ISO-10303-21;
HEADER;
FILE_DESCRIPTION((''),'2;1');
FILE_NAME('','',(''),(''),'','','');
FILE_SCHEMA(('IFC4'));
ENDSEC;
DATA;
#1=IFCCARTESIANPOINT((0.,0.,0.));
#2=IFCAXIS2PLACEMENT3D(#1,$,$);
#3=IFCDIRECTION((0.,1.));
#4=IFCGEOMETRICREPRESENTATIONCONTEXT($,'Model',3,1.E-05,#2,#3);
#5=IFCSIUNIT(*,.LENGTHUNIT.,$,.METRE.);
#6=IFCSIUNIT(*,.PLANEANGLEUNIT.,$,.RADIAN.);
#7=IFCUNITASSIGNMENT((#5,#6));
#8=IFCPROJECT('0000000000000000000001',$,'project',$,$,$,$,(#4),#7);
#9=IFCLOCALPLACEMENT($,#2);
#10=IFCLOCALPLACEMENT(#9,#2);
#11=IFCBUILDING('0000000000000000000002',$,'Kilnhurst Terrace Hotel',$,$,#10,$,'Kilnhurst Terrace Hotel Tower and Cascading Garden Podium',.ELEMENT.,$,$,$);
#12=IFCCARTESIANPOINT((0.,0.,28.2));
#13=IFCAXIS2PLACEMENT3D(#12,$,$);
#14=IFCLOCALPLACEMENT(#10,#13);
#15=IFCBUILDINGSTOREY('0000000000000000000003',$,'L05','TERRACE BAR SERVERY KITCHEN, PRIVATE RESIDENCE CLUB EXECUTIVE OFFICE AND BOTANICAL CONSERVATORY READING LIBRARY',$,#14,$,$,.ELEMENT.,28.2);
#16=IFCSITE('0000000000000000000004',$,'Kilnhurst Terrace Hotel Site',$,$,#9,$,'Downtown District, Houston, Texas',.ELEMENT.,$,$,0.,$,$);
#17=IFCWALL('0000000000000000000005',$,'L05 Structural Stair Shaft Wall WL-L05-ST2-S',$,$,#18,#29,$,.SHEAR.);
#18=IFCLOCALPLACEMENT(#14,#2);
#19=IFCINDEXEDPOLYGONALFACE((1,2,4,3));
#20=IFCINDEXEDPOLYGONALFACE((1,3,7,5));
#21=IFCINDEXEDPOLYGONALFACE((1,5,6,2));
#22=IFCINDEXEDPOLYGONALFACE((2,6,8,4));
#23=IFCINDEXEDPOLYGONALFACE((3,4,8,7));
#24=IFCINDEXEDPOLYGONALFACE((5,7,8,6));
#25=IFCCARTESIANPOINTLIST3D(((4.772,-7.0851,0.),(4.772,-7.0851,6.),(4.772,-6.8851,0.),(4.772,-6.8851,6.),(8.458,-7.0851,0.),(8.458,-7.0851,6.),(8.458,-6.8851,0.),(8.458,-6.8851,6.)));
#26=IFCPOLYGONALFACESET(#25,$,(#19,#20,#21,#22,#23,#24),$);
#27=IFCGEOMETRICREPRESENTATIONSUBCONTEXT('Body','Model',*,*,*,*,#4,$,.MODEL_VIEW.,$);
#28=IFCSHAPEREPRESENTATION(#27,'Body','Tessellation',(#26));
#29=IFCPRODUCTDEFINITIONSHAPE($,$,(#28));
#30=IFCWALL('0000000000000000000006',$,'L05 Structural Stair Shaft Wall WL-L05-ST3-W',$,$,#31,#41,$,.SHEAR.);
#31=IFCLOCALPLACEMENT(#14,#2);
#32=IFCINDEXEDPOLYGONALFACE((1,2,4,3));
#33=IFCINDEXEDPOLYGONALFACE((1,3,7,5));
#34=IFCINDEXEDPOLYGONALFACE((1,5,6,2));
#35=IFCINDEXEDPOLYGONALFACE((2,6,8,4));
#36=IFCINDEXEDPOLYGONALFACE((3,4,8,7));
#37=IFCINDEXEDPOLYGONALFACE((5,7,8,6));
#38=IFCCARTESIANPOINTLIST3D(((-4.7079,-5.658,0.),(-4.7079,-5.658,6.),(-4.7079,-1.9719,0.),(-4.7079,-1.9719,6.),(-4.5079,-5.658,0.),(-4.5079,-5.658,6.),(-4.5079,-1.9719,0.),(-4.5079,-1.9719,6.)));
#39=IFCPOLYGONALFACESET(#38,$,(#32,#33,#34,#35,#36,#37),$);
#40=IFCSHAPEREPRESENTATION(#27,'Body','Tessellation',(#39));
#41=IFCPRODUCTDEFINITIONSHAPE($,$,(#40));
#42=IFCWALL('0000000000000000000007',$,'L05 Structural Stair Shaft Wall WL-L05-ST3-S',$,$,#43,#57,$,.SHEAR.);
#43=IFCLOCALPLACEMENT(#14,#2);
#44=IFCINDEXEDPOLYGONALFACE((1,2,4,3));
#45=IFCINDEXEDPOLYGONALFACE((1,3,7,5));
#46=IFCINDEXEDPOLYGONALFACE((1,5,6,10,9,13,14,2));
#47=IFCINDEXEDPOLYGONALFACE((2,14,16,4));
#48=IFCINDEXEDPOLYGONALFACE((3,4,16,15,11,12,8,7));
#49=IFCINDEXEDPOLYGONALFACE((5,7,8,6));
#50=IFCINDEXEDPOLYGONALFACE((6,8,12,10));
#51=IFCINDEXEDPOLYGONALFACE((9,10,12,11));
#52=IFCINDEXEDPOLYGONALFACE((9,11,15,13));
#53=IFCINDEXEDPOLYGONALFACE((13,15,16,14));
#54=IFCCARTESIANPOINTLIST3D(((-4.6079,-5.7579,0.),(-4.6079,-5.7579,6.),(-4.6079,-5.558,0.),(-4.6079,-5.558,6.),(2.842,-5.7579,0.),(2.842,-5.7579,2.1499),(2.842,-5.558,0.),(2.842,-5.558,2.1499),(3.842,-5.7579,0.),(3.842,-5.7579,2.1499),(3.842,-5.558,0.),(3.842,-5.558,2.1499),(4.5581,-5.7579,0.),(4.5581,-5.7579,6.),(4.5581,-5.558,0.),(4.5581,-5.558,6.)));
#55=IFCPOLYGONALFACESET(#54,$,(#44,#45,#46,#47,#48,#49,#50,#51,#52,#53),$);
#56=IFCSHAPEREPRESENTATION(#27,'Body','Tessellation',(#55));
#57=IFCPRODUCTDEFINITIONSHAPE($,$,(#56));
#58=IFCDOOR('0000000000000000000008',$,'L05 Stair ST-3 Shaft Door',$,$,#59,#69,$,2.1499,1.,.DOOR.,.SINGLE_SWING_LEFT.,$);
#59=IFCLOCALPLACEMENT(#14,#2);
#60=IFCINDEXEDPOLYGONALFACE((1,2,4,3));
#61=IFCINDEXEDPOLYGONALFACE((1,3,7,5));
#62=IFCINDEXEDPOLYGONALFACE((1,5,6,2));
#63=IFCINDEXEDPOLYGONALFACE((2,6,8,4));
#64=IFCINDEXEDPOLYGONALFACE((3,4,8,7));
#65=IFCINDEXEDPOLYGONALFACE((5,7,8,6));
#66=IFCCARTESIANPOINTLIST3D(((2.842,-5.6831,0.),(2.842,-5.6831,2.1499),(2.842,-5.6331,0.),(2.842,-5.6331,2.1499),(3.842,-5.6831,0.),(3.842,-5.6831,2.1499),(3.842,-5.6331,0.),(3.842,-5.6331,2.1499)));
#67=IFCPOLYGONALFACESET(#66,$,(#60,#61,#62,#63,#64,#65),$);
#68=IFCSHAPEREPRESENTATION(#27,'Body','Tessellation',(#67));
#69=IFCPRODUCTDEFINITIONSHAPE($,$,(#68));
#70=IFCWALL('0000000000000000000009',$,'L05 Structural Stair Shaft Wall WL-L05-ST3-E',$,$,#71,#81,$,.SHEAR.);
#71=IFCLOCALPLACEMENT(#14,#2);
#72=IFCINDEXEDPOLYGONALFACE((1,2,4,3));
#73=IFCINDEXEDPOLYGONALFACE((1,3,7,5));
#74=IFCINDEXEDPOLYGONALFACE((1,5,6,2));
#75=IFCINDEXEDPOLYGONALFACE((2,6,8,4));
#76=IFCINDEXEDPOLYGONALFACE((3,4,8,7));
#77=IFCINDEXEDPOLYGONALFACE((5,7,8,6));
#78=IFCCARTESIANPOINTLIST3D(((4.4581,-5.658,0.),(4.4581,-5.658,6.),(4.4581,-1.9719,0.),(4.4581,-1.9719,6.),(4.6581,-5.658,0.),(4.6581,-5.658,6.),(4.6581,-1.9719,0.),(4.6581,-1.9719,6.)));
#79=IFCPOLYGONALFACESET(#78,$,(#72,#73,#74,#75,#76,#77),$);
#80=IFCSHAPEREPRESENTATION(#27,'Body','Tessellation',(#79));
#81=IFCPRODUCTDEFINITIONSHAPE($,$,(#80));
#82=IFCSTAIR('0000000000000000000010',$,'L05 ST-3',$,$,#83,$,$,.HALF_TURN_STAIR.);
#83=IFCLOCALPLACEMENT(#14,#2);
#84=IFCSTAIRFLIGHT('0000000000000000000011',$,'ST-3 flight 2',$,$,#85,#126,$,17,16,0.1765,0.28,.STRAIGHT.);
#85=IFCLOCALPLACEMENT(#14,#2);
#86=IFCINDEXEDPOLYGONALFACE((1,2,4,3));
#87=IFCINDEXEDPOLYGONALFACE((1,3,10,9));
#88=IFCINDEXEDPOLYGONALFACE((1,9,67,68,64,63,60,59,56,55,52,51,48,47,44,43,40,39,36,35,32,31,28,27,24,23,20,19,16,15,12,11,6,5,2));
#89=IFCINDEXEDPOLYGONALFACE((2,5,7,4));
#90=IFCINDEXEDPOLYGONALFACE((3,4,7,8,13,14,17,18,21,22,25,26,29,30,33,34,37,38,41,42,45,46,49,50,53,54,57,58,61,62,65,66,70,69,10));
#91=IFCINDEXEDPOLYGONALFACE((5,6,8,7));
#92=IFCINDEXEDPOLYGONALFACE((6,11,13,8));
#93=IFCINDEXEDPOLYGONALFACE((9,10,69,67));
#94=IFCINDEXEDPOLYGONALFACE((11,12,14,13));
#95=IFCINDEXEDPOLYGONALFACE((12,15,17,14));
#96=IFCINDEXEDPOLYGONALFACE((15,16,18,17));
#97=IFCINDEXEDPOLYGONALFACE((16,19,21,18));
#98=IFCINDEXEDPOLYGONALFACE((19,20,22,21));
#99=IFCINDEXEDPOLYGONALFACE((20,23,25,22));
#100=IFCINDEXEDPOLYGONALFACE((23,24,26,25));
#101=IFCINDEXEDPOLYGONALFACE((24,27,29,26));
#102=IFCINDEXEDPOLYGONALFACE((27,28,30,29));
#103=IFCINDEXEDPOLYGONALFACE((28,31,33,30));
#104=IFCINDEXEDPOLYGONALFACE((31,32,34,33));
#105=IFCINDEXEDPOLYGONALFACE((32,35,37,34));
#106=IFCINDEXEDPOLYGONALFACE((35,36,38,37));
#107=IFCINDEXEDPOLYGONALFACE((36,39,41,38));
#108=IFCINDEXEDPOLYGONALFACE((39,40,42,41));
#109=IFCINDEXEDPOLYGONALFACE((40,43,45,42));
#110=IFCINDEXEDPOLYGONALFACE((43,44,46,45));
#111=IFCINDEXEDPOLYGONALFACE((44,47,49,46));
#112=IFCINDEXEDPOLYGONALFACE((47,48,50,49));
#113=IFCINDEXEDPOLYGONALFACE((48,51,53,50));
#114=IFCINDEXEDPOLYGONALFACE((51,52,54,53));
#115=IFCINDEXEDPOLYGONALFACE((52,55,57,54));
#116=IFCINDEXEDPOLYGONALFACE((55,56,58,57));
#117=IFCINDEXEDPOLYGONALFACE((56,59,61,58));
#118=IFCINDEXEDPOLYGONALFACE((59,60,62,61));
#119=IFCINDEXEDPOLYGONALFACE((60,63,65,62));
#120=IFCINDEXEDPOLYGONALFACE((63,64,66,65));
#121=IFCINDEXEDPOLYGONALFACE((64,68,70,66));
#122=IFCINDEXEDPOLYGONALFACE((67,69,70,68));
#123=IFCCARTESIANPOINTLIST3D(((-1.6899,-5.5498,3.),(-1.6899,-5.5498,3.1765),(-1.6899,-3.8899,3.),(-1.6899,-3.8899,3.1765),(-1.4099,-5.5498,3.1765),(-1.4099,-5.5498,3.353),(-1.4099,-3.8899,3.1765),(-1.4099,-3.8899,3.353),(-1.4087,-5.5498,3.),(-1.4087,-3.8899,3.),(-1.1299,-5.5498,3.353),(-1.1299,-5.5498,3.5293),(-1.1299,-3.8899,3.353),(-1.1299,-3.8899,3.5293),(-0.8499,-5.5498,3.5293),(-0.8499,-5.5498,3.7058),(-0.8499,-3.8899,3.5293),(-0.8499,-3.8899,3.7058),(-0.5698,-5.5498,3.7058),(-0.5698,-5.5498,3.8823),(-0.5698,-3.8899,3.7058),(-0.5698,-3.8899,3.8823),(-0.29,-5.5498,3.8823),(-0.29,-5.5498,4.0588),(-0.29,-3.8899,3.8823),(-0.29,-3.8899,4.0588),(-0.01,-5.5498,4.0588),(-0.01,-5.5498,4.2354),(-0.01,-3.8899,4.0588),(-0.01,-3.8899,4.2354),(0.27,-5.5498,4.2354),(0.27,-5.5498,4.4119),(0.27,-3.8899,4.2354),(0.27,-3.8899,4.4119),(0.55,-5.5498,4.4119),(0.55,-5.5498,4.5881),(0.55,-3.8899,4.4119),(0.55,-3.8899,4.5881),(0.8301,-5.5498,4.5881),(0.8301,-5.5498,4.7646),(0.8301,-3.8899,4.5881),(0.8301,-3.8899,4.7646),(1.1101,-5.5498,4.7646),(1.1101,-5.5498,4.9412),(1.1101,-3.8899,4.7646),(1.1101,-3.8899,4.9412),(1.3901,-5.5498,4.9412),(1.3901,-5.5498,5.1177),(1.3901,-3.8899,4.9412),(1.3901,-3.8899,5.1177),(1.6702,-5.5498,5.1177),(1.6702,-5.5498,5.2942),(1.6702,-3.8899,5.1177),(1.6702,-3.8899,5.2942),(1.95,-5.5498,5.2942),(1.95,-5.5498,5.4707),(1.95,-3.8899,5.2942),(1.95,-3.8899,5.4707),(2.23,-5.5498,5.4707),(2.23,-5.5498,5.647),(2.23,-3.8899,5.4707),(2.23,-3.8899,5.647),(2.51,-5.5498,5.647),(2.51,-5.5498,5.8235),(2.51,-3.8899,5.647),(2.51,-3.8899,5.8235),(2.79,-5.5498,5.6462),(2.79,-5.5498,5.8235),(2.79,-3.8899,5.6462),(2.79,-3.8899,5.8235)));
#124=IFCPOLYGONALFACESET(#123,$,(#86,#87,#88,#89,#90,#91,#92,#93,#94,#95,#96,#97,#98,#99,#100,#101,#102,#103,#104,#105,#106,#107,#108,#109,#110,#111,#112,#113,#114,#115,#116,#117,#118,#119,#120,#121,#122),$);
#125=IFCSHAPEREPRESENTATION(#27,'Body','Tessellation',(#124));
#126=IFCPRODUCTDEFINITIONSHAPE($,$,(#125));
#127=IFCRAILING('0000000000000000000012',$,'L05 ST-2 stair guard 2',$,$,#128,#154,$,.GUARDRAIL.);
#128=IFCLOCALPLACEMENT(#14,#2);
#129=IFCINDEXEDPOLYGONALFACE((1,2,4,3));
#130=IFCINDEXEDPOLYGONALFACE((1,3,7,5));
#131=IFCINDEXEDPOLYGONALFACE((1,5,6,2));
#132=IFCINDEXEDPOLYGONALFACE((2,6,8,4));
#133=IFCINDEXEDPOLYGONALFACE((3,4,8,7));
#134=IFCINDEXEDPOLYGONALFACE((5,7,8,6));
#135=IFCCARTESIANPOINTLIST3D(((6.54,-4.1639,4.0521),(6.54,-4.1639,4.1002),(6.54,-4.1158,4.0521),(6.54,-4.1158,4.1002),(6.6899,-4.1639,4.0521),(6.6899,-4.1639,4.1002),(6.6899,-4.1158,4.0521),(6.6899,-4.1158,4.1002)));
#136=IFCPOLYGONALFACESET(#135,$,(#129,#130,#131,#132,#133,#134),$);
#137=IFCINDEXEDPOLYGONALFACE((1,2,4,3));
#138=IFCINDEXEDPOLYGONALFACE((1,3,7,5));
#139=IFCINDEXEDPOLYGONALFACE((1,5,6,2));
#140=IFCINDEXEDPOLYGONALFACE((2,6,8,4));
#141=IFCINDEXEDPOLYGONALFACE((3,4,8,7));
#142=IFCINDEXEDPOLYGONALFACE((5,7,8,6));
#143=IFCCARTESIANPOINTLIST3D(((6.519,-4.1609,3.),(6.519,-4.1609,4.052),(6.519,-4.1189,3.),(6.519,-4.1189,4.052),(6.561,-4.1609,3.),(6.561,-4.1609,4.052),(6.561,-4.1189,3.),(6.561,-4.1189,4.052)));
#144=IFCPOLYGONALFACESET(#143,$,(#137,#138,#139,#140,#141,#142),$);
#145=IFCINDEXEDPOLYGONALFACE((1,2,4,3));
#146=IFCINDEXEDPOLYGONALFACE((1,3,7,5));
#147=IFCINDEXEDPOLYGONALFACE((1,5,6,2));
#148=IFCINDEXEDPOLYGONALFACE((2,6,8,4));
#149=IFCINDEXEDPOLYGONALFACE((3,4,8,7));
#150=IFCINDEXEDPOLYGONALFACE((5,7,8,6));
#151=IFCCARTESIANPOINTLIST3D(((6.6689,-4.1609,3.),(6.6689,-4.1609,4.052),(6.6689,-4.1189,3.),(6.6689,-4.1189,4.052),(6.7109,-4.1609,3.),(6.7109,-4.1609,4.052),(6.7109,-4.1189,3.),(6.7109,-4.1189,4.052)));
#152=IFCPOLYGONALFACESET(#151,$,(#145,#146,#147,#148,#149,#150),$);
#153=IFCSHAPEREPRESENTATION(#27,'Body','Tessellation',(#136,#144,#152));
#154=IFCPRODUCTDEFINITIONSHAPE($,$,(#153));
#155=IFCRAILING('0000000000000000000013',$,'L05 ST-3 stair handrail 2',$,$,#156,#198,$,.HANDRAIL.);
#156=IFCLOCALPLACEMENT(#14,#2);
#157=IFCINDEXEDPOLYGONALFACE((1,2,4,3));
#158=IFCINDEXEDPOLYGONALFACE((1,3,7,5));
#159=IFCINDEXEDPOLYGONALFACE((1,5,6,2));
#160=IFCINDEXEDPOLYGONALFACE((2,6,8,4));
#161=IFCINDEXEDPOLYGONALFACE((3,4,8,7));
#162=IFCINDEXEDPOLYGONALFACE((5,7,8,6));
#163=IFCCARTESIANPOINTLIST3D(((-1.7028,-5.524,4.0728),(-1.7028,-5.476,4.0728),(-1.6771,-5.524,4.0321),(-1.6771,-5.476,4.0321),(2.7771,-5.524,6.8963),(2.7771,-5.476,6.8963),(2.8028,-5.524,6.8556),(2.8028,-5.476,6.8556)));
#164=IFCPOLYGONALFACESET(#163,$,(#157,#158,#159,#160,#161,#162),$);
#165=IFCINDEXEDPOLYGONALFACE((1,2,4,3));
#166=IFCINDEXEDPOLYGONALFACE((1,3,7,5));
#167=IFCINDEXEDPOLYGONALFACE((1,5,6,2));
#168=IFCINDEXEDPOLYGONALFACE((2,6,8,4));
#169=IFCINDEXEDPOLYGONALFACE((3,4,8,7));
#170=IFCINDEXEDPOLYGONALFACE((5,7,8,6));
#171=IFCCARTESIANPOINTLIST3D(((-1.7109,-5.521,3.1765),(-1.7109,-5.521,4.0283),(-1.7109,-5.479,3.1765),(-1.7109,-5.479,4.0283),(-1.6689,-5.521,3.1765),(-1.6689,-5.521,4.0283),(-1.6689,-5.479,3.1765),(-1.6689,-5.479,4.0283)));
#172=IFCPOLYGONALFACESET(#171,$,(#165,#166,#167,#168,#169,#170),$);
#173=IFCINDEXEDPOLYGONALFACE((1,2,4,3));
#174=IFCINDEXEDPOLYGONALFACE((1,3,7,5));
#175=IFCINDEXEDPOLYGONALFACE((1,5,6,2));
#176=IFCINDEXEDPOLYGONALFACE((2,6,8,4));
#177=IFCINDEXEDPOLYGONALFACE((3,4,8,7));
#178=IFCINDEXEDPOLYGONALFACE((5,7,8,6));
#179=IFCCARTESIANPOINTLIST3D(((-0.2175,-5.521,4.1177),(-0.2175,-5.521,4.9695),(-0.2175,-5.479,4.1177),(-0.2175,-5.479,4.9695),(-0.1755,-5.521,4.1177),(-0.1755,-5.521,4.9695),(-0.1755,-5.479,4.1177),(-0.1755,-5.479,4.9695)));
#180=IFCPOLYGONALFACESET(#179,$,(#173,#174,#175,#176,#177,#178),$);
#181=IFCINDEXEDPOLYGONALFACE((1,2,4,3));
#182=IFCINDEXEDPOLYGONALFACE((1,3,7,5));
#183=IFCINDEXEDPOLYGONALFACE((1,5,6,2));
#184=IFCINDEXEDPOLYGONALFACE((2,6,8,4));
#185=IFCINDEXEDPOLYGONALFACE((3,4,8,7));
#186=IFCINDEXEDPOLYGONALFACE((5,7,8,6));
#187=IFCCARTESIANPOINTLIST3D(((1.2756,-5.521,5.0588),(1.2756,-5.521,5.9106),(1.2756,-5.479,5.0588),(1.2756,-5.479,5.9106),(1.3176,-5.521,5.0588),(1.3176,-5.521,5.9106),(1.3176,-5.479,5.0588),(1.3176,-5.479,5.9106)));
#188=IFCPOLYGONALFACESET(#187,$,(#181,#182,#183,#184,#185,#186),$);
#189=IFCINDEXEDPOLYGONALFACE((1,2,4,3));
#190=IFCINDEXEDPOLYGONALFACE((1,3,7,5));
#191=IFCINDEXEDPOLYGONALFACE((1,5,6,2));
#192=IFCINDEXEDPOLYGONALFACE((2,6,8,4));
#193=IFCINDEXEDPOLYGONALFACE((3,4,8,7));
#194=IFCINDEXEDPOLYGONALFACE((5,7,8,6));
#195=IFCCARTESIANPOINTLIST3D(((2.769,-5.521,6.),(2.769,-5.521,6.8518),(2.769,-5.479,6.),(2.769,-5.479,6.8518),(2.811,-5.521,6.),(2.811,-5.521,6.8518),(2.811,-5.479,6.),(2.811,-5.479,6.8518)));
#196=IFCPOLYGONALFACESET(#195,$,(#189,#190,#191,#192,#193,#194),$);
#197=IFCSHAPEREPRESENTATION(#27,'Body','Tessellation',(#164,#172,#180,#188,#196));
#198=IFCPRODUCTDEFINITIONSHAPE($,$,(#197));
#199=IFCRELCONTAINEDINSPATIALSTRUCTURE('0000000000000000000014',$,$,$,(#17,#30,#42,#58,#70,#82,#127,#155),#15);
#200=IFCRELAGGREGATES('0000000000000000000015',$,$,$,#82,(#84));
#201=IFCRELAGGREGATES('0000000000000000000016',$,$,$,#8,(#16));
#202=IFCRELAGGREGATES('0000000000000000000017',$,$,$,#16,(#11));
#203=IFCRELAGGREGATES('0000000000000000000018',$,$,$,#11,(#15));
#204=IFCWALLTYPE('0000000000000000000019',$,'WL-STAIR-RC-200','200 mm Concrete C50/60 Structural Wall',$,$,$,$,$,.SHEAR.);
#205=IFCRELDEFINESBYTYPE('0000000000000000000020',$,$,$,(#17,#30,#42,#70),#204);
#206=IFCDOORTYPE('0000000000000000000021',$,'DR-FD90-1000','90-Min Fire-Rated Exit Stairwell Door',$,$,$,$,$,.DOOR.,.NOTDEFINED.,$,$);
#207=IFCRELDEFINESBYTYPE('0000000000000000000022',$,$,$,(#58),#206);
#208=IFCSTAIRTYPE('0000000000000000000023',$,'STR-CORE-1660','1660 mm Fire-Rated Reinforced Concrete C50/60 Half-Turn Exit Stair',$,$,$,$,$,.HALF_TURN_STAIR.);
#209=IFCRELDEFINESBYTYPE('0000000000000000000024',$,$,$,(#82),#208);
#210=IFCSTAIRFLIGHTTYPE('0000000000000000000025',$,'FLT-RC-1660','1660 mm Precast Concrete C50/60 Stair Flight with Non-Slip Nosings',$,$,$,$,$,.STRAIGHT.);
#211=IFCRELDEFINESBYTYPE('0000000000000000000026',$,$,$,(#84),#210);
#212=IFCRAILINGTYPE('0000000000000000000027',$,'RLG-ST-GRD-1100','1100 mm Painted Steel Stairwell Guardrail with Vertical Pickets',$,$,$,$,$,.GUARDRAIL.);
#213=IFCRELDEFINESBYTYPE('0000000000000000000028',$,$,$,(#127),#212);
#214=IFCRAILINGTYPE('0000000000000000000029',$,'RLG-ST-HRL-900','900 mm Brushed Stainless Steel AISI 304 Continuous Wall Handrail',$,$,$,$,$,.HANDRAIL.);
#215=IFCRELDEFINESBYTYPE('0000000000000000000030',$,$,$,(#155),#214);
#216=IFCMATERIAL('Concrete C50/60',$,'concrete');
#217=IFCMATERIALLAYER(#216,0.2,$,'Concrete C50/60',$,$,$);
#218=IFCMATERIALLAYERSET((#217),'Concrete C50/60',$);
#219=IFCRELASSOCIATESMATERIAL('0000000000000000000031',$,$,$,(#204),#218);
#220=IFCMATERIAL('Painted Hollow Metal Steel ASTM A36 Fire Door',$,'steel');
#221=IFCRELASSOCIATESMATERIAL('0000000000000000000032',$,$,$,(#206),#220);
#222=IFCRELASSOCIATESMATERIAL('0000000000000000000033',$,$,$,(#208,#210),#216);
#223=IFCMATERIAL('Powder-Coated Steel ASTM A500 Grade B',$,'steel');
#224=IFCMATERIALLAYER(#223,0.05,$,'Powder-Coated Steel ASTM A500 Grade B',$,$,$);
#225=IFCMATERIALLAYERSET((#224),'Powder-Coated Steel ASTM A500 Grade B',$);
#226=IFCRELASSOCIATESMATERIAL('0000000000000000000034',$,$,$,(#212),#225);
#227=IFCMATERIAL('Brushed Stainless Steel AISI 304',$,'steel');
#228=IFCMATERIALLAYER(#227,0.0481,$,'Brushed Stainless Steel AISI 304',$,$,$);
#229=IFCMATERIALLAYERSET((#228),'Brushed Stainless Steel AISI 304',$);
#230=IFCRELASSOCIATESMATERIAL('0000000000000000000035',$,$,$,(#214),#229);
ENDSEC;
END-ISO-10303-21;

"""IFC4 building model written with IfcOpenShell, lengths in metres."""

from ifc_helpers import new_model, si_unit, direction, frame, frame_2d, origin, origin_2d, place, context, subcontext, project, spatial, polyline, rectangle, outline, extrude, material, layer, layer_set, type_object, element, fill, aggregate, save


model = new_model("IFC4")

# Units and contexts
model_context = context("Model", 3, precision=1e-05, world=origin(), true_north=direction((0.0, 1.0)))
body_context = subcontext(model_context, "Body", "Model", "MODEL_VIEW")
ifc_project = project(units=[si_unit("LENGTHUNIT", "METRE"), si_unit("PLANEANGLEUNIT", "RADIAN")], contexts=[model_context])

# Site, building, storey
site_placement = place(None, origin())
site = spatial("IfcSite", under=ifc_project, at=site_placement, Name="Kilnhurst Terrace Hotel Site", LongName="Downtown District, Houston, Texas", CompositionType="ELEMENT", RefElevation=0.0)
building_placement = place(site_placement, origin())
building = spatial("IfcBuilding", under=site, at=building_placement, Name="Kilnhurst Terrace Hotel", LongName="Kilnhurst Terrace Hotel Tower and Cascading Garden Podium", CompositionType="ELEMENT")
storey_placement = place(building_placement, frame((0.0, 0.0, 28.2)))
storey = spatial("IfcBuildingStorey", under=building, at=storey_placement, Name="L05", Description="TERRACE BAR SERVERY KITCHEN, PRIVATE RESIDENCE CLUB EXECUTIVE OFFICE AND BOTANICAL CONSERVATORY READING LIBRARY", CompositionType="ELEMENT", Elevation=28.2)

# Shared definitions
ifc_material_1 = material(Name="Concrete C50/60", Category="concrete")

# Walls
ifc_layer_1 = layer(ifc_material_1, 0.2, Name="Concrete C50/60")
ifc_layer_set_1 = layer_set([ifc_layer_1], Name="Concrete C50/60")
wall_type_1 = type_object("IfcWallType", Name="WL-STAIR-RC-200", Description="200 mm Concrete C50/60 Structural Wall", PredefinedType="SHEAR", material=ifc_layer_set_1)
for number, where, z_axis, x_axis, name in (
    (1, (4.772, -6.9851, 0.0), (0.0, 0.0, 1.0), (1.0, 0.0, 0.0), "L05 Structural Stair Shaft Wall WL-L05-ST2-S"),
    (2, (-4.6079, -5.658, 0.0), (0.0, 0.0, 1.0), (0.0, 1.0, 0.0), "L05 Structural Stair Shaft Wall WL-L05-ST3-W"),
):
    element("IfcWall", number, at=place(storey_placement, frame(where, z_axis=z_axis, x_axis=x_axis)), inside=storey, type_object=wall_type_1, Name=name, PredefinedType="SHEAR", context=body_context, shape_type="SweptSolid", body=[
        extrude(rectangle(XDim=3.686, YDim=0.2, at=frame_2d((1.843, 0.0))), origin(), (0.0, 0.0, 1.0), 6.0),
    ])

# Wall, opening, door
wall_1_placement = place(storey_placement, frame((-4.6079, -5.658, 0.0), z_axis=(0.0, 0.0, 1.0), x_axis=(1.0, 0.0, 0.0)))
wall_1 = element("IfcWall", 3, at=wall_1_placement, inside=storey, type_object=wall_type_1, Name="L05 Structural Stair Shaft Wall WL-L05-ST3-S", PredefinedType="SHEAR", context=body_context, shape_type="SweptSolid", body=[
    extrude(rectangle(XDim=9.166, YDim=0.2, at=frame_2d((4.583, 0.0))), origin(), (0.0, 0.0, 1.0), 6.0),
])
opening_placement = place(wall_1_placement, frame((7.45, 0.0, 0.0)))
opening = element("IfcOpeningElement", 4, at=opening_placement, cuts=wall_1, PredefinedType="OPENING", context=body_context, shape_type="SweptSolid", body=[
    extrude(rectangle(XDim=1.0, YDim=2.1499, at=frame_2d((0.5, 1.075))), frame((0.0, 0.1099, 0.0), z_axis=(0.0, -1.0, 0.0), x_axis=(1.0, 0.0, 0.0)), (0.0, 0.0, 1.0), 0.22),
])
ifc_material_2 = material(Name="Painted Hollow Metal Steel ASTM A36 Fire Door", Category="steel")
door_type = type_object("IfcDoorType", Name="DR-FD90-1000", Description="90-Min Fire-Rated Exit Stairwell Door", OperationType="NOTDEFINED", PredefinedType="DOOR", material=ifc_material_2)
door_placement = place(opening_placement, origin())
door = element("IfcDoor", 5, at=door_placement, inside=storey, type_object=door_type, Name="L05 Stair ST-3 Shaft Door", OperationType="SINGLE_SWING_LEFT", OverallHeight=2.1499, OverallWidth=1.0, PredefinedType="DOOR", context=body_context, shape_type="SweptSolid", body=[
    extrude(rectangle(XDim=1.0, YDim=2.1499, at=frame_2d((0.5, 1.075))), frame((0.0, 0.0249, 0.0), z_axis=(0.0, -1.0, 0.0), x_axis=(1.0, 0.0, 0.0)), (0.0, 0.0, 1.0), 0.05),
])
fill(opening, door)

# Wall
wall_2_placement = place(storey_placement, frame((4.5581, -5.658, 0.0), z_axis=(0.0, 0.0, 1.0), x_axis=(0.0, 1.0, 0.0)))
element("IfcWall", 6, at=wall_2_placement, inside=storey, type_object=wall_type_1, Name="L05 Structural Stair Shaft Wall WL-L05-ST3-E", PredefinedType="SHEAR", context=body_context, shape_type="SweptSolid", body=[
    extrude(rectangle(XDim=3.686, YDim=0.2, at=frame_2d((1.843, 0.0))), origin(), (0.0, 0.0, 1.0), 6.0),
])

# Stair, stair flight
stair_type = type_object("IfcStairType", Name="STR-CORE-1660", Description="1660 mm Fire-Rated Reinforced Concrete C50/60 Half-Turn Exit Stair", PredefinedType="HALF_TURN_STAIR", material=ifc_material_1)
stair_placement = place(storey_placement, origin())
stair = element("IfcStair", 7, at=stair_placement, inside=storey, type_object=stair_type, Name="L05 ST-3", PredefinedType="HALF_TURN_STAIR")
stair_flight_type = type_object("IfcStairFlightType", Name="FLT-RC-1660", Description="1660 mm Precast Concrete C50/60 Stair Flight with Non-Slip Nosings", PredefinedType="STRAIGHT", material=ifc_material_1)
stair_flight_placement = place(storey_placement, frame((-1.6899, -4.72, 3.0), z_axis=(0.0, 0.0, 1.0), x_axis=(1.0, 0.0, 0.0)))
stair_flight = element("IfcStairFlight", 8, at=stair_flight_placement, type_object=stair_flight_type, Name="ST-3 flight 2", NumberOfRisers=17, NumberOfTreads=16, PredefinedType="STRAIGHT", RiserHeight=0.1765, TreadLength=0.28, context=body_context, shape_type="SweptSolid", body=[
    extrude(outline(polyline([(0.0, 0.0), (0.0, 0.1765), (0.28, 0.1765), (0.28, 0.353), (0.5601, 0.353), (0.5601, 0.5293), (0.8401, 0.5293), (0.8401, 0.7058), (1.1201, 0.7058), (1.1201, 0.8823), (1.3999, 0.8823), (1.3999, 1.0588), (1.6799, 1.0588), (1.6799, 1.2354), (1.96, 1.2354), (1.96, 1.4119), (2.24, 1.4119), (2.24, 1.5881), (2.52, 1.5881), (2.52, 1.7646), (2.8, 1.7646), (2.8, 1.9412), (3.0801, 1.9412), (3.0801, 2.1177), (3.3601, 2.1177), (3.3601, 2.2942), (3.6399, 2.2942), (3.6399, 2.4707), (3.9199, 2.4707), (3.9199, 2.647), (4.2, 2.647), (4.2, 2.8235), (4.48, 2.8235), (4.48, 3.0), (4.48, 2.6462), (0.2812, 0.0), (0.0, 0.0)])), frame((0.0, 0.8301, 0.0), z_axis=(0.0, -1.0, 0.0), x_axis=(1.0, 0.0, 0.0)), (0.0, 0.0, 1.0), 1.6599),
])
aggregate(stair, [stair_flight])

# Railings
ifc_material_3 = material(Name="Powder-Coated Steel ASTM A500 Grade B", Category="steel")
ifc_layer_2 = layer(ifc_material_3, 0.05, Name="Powder-Coated Steel ASTM A500 Grade B")
ifc_layer_set_2 = layer_set([ifc_layer_2], Name="Powder-Coated Steel ASTM A500 Grade B")
railing_type_1 = type_object("IfcRailingType", Name="RLG-ST-GRD-1100", Description="1100 mm Painted Steel Stairwell Guardrail with Vertical Pickets", PredefinedType="GUARDRAIL", material=ifc_layer_set_2)
railing_1_placement = place(storey_placement, frame((6.54, -4.1399, 3.0)))
element("IfcRailing", 9, at=railing_1_placement, inside=storey, type_object=railing_type_1, Name="L05 ST-2 stair guard 2", PredefinedType="GUARDRAIL", context=body_context, shape_type="SweptSolid", body=[
    extrude(rectangle(XDim=0.0481, YDim=0.0481, at=origin_2d()), frame((0.0, 0.0, 1.0762), z_axis=(1.0, 0.0, 0.0), x_axis=(0.0, 1.0, 0.0)), (0.0, 0.0, 1.0), 0.1499),
    extrude(rectangle(XDim=0.042, YDim=0.042, at=origin_2d()), origin(), (0.0, 0.0, 1.0), 1.052),
    extrude(rectangle(XDim=0.042, YDim=0.042, at=origin_2d()), frame((0.1499, 0.0, 0.0)), (0.0, 0.0, 1.0), 1.052),
])
ifc_material_4 = material(Name="Brushed Stainless Steel AISI 304", Category="steel")
ifc_layer_3 = layer(ifc_material_4, 0.0481, Name="Brushed Stainless Steel AISI 304")
ifc_layer_set_3 = layer_set([ifc_layer_3], Name="Brushed Stainless Steel AISI 304")
railing_type_2 = type_object("IfcRailingType", Name="RLG-ST-HRL-900", Description="900 mm Brushed Stainless Steel AISI 304 Continuous Wall Handrail", PredefinedType="HANDRAIL", material=ifc_layer_set_3)
railing_2_placement = place(storey_placement, frame((-1.6899, -5.5, 3.1765)))
element("IfcRailing", 10, at=railing_2_placement, inside=storey, type_object=railing_type_2, Name="L05 ST-3 stair handrail 2", PredefinedType="HANDRAIL", context=body_context, shape_type="SweptSolid", body=[
    extrude(rectangle(XDim=0.0481, YDim=0.0481, at=origin_2d()), frame((0.0, 0.0, 0.876), z_axis=(0.845998, 0.0, 0.533186), x_axis=(0.0, 1.0, 0.0)), (0.0, 0.0, 1.0), 5.2954),
    extrude(rectangle(XDim=0.042, YDim=0.042, at=origin_2d()), origin(), (0.0, 0.0, 1.0), 0.8518),
    extrude(rectangle(XDim=0.042, YDim=0.042, at=origin_2d()), frame((1.4934, 0.0, 0.9412)), (0.0, 0.0, 1.0), 0.8518),
    extrude(rectangle(XDim=0.042, YDim=0.042, at=origin_2d()), frame((2.9866, 0.0, 1.8823)), (0.0, 0.0, 1.0), 0.8518),
    extrude(rectangle(XDim=0.042, YDim=0.042, at=origin_2d()), frame((4.48, 0.0, 2.8235)), (0.0, 0.0, 1.0), 0.8518),
])

save(model, "model.ifc")
